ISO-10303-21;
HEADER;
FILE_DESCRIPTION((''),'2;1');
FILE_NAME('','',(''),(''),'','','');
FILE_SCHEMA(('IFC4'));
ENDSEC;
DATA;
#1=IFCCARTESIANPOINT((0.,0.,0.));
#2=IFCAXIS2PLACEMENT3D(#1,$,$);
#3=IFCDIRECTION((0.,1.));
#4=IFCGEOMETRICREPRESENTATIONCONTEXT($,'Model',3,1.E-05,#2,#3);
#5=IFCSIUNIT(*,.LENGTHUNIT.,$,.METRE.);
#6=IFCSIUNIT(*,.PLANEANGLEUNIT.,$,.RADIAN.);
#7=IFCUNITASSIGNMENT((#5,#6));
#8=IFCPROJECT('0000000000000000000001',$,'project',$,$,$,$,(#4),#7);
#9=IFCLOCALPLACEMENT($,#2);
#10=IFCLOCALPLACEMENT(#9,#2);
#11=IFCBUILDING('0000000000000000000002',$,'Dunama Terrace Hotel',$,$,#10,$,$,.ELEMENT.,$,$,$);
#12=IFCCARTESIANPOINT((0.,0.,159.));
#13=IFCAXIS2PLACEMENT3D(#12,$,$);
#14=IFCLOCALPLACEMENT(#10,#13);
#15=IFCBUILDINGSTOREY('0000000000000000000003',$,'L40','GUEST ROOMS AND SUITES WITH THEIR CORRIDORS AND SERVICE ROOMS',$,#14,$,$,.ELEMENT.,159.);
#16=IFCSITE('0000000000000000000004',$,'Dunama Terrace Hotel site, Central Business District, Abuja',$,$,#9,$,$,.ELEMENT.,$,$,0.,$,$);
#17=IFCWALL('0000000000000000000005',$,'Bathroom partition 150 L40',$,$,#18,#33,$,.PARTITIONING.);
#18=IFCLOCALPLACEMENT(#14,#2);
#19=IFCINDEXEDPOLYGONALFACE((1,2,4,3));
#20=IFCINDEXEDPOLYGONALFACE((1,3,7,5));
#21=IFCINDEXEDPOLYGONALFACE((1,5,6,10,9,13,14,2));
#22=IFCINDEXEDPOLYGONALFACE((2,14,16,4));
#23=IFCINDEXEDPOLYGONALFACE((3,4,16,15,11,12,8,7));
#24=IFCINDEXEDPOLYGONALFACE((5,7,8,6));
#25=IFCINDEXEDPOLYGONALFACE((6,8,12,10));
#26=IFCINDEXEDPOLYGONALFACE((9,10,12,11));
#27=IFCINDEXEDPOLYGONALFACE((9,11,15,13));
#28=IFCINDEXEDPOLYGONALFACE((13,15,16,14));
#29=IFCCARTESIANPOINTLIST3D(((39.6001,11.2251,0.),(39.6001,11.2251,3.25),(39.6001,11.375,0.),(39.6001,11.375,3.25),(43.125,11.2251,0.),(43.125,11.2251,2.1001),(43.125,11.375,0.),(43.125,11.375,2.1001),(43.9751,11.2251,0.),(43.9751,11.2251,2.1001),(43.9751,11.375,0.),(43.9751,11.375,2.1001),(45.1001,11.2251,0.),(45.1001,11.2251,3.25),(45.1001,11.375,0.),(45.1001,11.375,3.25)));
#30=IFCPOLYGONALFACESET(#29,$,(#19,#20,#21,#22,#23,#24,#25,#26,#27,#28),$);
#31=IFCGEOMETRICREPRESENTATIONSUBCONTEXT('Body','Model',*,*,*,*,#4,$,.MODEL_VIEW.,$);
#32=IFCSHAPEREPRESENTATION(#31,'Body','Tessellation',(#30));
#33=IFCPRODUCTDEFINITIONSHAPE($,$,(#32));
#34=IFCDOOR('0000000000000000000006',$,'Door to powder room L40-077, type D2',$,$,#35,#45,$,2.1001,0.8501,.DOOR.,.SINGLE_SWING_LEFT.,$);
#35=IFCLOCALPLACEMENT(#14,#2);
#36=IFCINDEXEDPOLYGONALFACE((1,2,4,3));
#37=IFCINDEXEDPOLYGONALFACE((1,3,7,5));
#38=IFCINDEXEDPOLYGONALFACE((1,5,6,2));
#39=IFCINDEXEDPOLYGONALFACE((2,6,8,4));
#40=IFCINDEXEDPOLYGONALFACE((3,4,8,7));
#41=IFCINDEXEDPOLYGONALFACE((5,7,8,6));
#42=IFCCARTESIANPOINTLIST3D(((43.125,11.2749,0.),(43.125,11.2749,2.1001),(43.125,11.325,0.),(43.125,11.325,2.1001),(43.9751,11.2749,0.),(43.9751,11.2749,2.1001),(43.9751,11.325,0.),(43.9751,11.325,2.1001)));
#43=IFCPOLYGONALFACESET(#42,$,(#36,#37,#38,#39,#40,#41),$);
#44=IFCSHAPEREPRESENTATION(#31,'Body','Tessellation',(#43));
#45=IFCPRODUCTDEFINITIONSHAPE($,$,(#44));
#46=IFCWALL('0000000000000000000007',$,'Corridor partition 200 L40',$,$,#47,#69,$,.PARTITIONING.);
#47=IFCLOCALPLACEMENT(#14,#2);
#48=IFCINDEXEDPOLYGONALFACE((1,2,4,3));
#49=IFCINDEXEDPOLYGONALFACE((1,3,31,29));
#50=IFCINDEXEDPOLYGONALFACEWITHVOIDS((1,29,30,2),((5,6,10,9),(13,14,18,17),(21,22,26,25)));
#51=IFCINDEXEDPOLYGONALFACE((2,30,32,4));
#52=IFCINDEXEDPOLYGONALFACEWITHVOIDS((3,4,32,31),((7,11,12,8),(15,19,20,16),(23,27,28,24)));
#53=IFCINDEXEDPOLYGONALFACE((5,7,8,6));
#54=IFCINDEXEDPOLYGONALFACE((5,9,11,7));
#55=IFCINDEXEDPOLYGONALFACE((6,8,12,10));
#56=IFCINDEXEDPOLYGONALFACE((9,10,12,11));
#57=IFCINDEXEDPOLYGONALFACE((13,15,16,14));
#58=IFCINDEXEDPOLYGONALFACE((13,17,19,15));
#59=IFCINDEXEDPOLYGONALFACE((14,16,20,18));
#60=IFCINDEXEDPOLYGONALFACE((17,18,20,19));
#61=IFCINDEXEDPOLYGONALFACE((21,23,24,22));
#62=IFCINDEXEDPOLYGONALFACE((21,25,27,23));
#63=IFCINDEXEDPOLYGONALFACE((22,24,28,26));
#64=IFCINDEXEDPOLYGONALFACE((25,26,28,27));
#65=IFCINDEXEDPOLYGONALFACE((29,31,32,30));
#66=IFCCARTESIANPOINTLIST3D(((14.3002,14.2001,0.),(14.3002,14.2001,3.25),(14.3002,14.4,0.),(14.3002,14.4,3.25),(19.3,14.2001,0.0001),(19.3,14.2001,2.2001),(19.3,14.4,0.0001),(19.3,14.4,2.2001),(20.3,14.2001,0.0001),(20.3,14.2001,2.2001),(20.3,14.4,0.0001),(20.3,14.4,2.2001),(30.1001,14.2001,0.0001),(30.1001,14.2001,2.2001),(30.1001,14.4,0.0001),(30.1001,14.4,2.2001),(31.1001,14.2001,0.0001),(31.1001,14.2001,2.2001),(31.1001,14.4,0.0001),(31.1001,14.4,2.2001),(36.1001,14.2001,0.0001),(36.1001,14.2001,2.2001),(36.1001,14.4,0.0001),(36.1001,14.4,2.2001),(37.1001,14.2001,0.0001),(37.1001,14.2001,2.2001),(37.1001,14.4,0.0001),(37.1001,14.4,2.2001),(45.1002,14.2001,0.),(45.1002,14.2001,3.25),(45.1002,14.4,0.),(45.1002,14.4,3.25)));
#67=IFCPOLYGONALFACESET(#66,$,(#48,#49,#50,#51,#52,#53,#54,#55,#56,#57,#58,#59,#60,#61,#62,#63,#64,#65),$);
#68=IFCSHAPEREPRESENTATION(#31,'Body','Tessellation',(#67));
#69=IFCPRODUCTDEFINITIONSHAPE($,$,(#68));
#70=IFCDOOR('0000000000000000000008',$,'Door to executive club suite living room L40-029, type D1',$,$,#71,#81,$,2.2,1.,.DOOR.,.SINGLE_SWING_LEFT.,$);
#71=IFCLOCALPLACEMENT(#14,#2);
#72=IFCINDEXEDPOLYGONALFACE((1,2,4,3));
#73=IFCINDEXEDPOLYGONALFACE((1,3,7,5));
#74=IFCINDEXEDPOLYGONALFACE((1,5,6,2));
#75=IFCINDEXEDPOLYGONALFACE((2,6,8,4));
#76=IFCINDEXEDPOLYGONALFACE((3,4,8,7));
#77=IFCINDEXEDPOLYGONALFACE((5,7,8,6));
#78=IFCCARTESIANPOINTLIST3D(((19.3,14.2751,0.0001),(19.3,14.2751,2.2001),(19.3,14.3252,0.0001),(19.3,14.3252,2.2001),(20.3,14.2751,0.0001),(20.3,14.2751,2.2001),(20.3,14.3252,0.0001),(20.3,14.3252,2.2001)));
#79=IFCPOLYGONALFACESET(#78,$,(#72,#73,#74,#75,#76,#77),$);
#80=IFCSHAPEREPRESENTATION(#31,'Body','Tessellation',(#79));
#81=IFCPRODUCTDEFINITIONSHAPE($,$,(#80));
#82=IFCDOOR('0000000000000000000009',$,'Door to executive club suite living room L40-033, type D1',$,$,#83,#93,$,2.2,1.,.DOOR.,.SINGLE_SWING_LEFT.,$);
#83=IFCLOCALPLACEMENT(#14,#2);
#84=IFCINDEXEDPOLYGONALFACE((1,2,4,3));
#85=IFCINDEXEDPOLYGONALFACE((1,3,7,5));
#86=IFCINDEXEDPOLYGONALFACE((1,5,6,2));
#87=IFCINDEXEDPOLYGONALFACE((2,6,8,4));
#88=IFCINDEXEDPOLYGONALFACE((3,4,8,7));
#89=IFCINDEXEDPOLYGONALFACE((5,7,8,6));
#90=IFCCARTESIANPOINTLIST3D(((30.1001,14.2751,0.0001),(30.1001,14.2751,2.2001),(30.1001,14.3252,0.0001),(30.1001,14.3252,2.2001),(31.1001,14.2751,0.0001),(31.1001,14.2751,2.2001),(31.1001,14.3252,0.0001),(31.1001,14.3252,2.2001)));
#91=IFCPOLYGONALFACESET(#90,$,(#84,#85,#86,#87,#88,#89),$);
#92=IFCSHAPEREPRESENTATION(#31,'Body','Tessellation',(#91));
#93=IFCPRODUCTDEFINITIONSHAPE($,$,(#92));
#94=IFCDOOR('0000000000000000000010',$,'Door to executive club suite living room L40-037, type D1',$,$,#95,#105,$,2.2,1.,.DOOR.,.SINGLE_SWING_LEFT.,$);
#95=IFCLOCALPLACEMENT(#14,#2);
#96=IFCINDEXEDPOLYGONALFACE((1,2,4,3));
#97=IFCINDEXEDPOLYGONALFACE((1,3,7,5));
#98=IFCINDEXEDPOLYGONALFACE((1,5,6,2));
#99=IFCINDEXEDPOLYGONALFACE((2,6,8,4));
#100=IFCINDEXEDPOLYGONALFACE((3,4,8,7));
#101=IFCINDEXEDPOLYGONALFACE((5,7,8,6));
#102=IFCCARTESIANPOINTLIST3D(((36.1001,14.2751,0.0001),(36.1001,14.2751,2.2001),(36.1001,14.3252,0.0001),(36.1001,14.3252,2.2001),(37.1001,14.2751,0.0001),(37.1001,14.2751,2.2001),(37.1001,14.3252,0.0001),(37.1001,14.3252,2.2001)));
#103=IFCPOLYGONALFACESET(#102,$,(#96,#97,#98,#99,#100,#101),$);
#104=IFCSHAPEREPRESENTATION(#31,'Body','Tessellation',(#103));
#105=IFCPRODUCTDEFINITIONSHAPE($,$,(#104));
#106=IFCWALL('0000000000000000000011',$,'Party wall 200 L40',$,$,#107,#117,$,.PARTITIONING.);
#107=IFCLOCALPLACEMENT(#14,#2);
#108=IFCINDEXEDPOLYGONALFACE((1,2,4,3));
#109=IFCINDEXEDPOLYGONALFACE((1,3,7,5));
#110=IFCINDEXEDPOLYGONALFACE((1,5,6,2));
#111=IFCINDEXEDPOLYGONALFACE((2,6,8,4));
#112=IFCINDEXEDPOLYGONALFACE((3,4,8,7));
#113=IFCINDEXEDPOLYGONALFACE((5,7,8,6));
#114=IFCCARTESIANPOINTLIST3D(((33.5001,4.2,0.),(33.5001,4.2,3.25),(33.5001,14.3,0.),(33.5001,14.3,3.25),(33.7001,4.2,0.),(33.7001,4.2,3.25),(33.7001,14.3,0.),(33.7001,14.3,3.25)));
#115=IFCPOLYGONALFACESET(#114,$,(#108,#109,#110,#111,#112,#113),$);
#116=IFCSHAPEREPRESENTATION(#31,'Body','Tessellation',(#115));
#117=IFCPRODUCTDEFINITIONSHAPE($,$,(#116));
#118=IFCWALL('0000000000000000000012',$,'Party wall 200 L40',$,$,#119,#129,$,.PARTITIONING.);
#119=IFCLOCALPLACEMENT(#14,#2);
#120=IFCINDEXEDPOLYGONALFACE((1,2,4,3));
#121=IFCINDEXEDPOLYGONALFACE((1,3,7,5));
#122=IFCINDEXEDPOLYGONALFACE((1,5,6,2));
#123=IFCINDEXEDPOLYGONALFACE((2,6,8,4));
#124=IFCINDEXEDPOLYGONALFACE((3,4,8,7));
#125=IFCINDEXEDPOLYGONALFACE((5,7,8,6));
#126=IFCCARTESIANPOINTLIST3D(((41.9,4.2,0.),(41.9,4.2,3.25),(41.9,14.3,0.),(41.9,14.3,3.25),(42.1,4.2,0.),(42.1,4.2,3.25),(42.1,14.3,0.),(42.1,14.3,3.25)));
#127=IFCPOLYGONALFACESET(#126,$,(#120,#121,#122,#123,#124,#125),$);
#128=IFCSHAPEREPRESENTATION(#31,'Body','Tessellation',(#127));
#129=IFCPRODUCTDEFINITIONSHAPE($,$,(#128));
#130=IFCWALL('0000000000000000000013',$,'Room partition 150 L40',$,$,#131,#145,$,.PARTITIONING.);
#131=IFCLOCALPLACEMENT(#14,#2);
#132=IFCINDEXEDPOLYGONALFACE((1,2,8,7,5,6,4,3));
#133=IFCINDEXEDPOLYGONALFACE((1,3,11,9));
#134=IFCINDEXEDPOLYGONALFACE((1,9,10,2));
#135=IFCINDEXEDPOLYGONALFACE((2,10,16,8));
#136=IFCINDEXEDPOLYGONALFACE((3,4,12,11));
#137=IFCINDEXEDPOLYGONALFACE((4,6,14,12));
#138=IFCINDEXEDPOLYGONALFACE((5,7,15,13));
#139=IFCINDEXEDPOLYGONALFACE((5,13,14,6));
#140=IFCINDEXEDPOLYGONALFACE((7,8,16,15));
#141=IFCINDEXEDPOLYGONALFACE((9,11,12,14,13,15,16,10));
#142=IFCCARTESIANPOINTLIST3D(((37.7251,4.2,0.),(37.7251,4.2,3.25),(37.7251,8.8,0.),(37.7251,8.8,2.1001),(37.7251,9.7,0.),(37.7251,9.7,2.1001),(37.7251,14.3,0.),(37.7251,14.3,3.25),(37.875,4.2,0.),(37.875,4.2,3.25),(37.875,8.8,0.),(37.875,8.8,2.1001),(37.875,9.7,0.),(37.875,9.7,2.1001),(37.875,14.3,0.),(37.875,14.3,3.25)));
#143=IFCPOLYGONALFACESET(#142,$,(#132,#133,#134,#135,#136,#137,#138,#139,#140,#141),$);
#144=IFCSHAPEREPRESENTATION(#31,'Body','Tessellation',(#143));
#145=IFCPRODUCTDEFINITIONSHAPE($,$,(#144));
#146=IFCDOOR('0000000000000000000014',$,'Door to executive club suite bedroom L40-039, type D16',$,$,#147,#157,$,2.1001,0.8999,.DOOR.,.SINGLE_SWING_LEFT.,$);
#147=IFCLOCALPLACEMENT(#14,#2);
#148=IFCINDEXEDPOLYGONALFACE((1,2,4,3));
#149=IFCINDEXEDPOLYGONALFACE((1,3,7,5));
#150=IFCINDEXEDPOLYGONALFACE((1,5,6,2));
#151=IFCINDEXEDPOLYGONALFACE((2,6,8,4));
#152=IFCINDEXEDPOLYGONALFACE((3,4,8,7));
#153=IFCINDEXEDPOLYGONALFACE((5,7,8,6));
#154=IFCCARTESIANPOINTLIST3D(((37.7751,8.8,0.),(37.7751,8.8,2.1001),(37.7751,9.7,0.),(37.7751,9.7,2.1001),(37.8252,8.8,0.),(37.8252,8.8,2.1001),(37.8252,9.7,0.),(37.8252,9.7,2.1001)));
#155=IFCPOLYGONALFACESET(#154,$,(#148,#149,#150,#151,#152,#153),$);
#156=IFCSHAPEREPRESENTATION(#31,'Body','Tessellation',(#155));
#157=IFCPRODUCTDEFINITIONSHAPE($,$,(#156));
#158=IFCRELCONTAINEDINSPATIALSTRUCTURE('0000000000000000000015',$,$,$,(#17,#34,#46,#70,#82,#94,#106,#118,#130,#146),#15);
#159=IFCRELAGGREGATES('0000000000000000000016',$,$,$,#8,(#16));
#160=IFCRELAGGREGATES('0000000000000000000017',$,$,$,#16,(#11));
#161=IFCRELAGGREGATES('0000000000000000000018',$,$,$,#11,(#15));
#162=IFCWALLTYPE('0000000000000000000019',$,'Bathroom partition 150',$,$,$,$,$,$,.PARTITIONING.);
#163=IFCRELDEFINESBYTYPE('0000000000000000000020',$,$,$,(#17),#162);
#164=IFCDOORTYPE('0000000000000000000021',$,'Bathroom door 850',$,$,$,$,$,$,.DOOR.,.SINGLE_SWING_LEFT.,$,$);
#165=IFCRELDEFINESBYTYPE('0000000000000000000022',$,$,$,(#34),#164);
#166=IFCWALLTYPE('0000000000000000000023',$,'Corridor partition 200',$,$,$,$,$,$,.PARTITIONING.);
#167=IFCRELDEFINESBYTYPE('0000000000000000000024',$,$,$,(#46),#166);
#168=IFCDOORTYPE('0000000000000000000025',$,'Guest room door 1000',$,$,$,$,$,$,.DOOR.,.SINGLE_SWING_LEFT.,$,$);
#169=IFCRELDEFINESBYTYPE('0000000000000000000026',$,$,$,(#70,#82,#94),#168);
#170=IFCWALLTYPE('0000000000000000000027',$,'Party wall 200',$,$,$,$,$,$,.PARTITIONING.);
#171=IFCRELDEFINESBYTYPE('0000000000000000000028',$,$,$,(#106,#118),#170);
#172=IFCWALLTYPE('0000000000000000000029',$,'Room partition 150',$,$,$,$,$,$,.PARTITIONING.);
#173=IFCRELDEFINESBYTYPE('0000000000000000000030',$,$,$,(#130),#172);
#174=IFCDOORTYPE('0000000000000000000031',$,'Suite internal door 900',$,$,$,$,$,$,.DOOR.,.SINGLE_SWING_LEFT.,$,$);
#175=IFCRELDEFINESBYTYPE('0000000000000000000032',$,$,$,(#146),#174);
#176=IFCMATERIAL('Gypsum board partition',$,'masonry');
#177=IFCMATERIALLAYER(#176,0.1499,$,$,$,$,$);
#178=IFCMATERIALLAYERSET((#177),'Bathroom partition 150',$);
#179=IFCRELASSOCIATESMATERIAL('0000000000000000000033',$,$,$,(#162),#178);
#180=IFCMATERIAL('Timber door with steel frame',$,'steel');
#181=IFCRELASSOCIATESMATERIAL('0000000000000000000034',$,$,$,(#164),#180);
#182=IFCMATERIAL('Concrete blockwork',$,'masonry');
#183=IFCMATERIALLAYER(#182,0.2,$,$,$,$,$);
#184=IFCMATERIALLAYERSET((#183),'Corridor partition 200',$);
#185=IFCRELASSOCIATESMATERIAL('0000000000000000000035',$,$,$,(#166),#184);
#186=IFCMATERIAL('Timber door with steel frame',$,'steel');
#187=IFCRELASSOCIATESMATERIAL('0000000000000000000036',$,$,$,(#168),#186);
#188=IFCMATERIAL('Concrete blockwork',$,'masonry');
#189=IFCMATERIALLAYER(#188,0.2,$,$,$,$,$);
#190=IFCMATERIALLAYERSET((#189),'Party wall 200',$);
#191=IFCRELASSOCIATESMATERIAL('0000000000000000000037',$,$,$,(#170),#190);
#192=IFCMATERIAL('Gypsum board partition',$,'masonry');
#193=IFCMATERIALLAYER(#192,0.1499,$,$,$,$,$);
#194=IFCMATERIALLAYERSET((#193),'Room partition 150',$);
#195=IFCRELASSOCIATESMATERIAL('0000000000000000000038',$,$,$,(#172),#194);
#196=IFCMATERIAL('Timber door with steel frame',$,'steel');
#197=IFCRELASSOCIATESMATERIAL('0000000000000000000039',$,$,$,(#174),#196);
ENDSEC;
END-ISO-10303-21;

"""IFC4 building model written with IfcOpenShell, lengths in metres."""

from ifc_helpers import new_model, si_unit, direction, frame, frame_2d, origin, place, context, subcontext, project, spatial, rectangle, extrude, material, layer, layer_set, type_object, element, fill, save


model = new_model("IFC4")

# Units and contexts
model_context = context("Model", 3, precision=1e-05, world=origin(), true_north=direction((0.0, 1.0)))
body_context = subcontext(model_context, "Body", "Model", "MODEL_VIEW")
ifc_project = project(units=[si_unit("LENGTHUNIT", "METRE"), si_unit("PLANEANGLEUNIT", "RADIAN")], contexts=[model_context])

# Site, building, storey
site_placement = place(None, origin())
site = spatial("IfcSite", under=ifc_project, at=site_placement, Name="Dunama Terrace Hotel site, Central Business District, Abuja", CompositionType="ELEMENT", RefElevation=0.0)
building_placement = place(site_placement, origin())
building = spatial("IfcBuilding", under=site, at=building_placement, Name="Dunama Terrace Hotel", CompositionType="ELEMENT")
storey_placement = place(building_placement, frame((0.0, 0.0, 159.0)))
storey = spatial("IfcBuildingStorey", under=building, at=storey_placement, Name="L40", Description="GUEST ROOMS AND SUITES WITH THEIR CORRIDORS AND SERVICE ROOMS", CompositionType="ELEMENT", Elevation=159.0)

# Shared definitions
ifc_material_1 = material(Name="Gypsum board partition", Category="masonry")
ifc_layer_1 = layer(ifc_material_1, 0.1499)
ifc_layer_set_1 = layer_set([ifc_layer_1], Name="Bathroom partition 150")
wall_type_1 = type_object("IfcWallType", Name="Bathroom partition 150", PredefinedType="PARTITIONING", material=ifc_layer_set_1)
ifc_material_2 = material(Name="Timber door with steel frame", Category="steel")
door_type_1 = type_object("IfcDoorType", Name="Bathroom door 850", OperationType="SINGLE_SWING_LEFT", PredefinedType="DOOR", material=ifc_material_2)

# Wall, opening, door
wall_1_placement = place(storey_placement, frame((39.6001, 11.3, 0.0), z_axis=(0.0, 0.0, 1.0), x_axis=(1.0, 0.0, 0.0)))
wall_1 = element("IfcWall", 1, at=wall_1_placement, inside=storey, type_object=wall_type_1, Name="Bathroom partition 150 L40", PredefinedType="PARTITIONING", context=body_context, shape_type="SweptSolid", body=[
    extrude(rectangle(XDim=5.5, YDim=0.1499, at=frame_2d((2.75, 0.0))), origin(), (0.0, 0.0, 1.0), 3.25),
])
opening_1_placement = place(wall_1_placement, frame((3.5249, 0.0, 0.0)))
opening_1 = element("IfcOpeningElement", 2, at=opening_1_placement, cuts=wall_1, PredefinedType="OPENING", context=body_context, shape_type="SweptSolid", body=[
    extrude(rectangle(XDim=0.8501, YDim=2.1001, at=frame_2d((0.425, 1.05))), frame((0.0, 0.085, 0.0), z_axis=(0.0, -1.0, 0.0), x_axis=(1.0, 0.0, 0.0)), (0.0, 0.0, 1.0), 0.1699),
])
door_1_placement = place(opening_1_placement, origin())
door_1 = element("IfcDoor", 3, at=door_1_placement, inside=storey, type_object=door_type_1, Name="Door to powder room L40-077, type D2", OperationType="SINGLE_SWING_LEFT", OverallHeight=2.1001, OverallWidth=0.8501, PredefinedType="DOOR", context=body_context, shape_type="SweptSolid", body=[
    extrude(rectangle(XDim=0.8501, YDim=2.1001, at=frame_2d((0.425, 1.05))), frame((0.0, 0.0249, 0.0), z_axis=(0.0, -1.0, 0.0), x_axis=(1.0, 0.0, 0.0)), (0.0, 0.0, 1.0), 0.05),
])
fill(opening_1, door_1)

# Wall, openings, doors
ifc_material_3 = material(Name="Concrete blockwork", Category="masonry")
ifc_layer_2 = layer(ifc_material_3, 0.2)
ifc_layer_set_2 = layer_set([ifc_layer_2], Name="Corridor partition 200")
wall_type_2 = type_object("IfcWallType", Name="Corridor partition 200", PredefinedType="PARTITIONING", material=ifc_layer_set_2)
wall_2_placement = place(storey_placement, frame((45.1001, 14.3, 0.0), z_axis=(0.0, 0.0, 1.0), x_axis=(-1.0, 0.0, 0.0)))
wall_2 = element("IfcWall", 4, at=wall_2_placement, inside=storey, type_object=wall_type_2, Name="Corridor partition 200 L40", PredefinedType="PARTITIONING", context=body_context, shape_type="SweptSolid", body=[
    extrude(rectangle(XDim=30.8, YDim=0.2, at=frame_2d((15.3999, 0.0))), origin(), (0.0, 0.0, 1.0), 3.25),
])
opening_2_placement = place(wall_2_placement, frame((24.8, 0.0, 0.0)))
opening_2 = element("IfcOpeningElement", 5, at=opening_2_placement, cuts=wall_2, PredefinedType="OPENING", context=body_context, shape_type="SweptSolid", body=[
    extrude(rectangle(XDim=1.0, YDim=2.2, at=frame_2d((0.5, 1.1001))), frame((0.0, 0.1099, 0.0), z_axis=(0.0, -1.0, 0.0), x_axis=(1.0, 0.0, 0.0)), (0.0, 0.0, 1.0), 0.22),
])
opening_3_placement = place(wall_2_placement, frame((14.0, 0.0, 0.0)))
opening_3 = element("IfcOpeningElement", 6, at=opening_3_placement, cuts=wall_2, PredefinedType="OPENING", context=body_context, shape_type="SweptSolid", body=[
    extrude(rectangle(XDim=1.0, YDim=2.2, at=frame_2d((0.5, 1.1001))), frame((0.0, 0.1099, 0.0), z_axis=(0.0, -1.0, 0.0), x_axis=(1.0, 0.0, 0.0)), (0.0, 0.0, 1.0), 0.22),
])
opening_4_placement = place(wall_2_placement, frame((8.0, 0.0, 0.0)))
opening_4 = element("IfcOpeningElement", 7, at=opening_4_placement, cuts=wall_2, PredefinedType="OPENING", context=body_context, shape_type="SweptSolid", body=[
    extrude(rectangle(XDim=1.0, YDim=2.2, at=frame_2d((0.5, 1.1001))), frame((0.0, 0.1099, 0.0), z_axis=(0.0, -1.0, 0.0), x_axis=(1.0, 0.0, 0.0)), (0.0, 0.0, 1.0), 0.22),
])
ifc_material_4 = material(Name="Timber door with steel frame", Category="steel")
door_type_2 = type_object("IfcDoorType", Name="Guest room door 1000", OperationType="SINGLE_SWING_LEFT", PredefinedType="DOOR", material=ifc_material_4)
door_2_placement = place(opening_2_placement, origin())
door_2 = element("IfcDoor", 8, at=door_2_placement, inside=storey, type_object=door_type_2, Name="Door to executive club suite living room L40-029, type D1", OperationType="SINGLE_SWING_LEFT", OverallHeight=2.2, OverallWidth=1.0, PredefinedType="DOOR", context=body_context, shape_type="SweptSolid", body=[
    extrude(rectangle(XDim=1.0, YDim=2.2, at=frame_2d((0.5, 1.1001))), frame((0.0, 0.0249, 0.0), z_axis=(0.0, -1.0, 0.0), x_axis=(1.0, 0.0, 0.0)), (0.0, 0.0, 1.0), 0.05),
])
fill(opening_2, door_2)
door_3_placement = place(opening_3_placement, origin())
door_3 = element("IfcDoor", 9, at=door_3_placement, inside=storey, type_object=door_type_2, Name="Door to executive club suite living room L40-033, type D1", OperationType="SINGLE_SWING_LEFT", OverallHeight=2.2, OverallWidth=1.0, PredefinedType="DOOR", context=body_context, shape_type="SweptSolid", body=[
    extrude(rectangle(XDim=1.0, YDim=2.2, at=frame_2d((0.5, 1.1001))), frame((0.0, 0.0249, 0.0), z_axis=(0.0, -1.0, 0.0), x_axis=(1.0, 0.0, 0.0)), (0.0, 0.0, 1.0), 0.05),
])
fill(opening_3, door_3)
door_4_placement = place(opening_4_placement, origin())
door_4 = element("IfcDoor", 10, at=door_4_placement, inside=storey, type_object=door_type_2, Name="Door to executive club suite living room L40-037, type D1", OperationType="SINGLE_SWING_LEFT", OverallHeight=2.2, OverallWidth=1.0, PredefinedType="DOOR", context=body_context, shape_type="SweptSolid", body=[
    extrude(rectangle(XDim=1.0, YDim=2.2, at=frame_2d((0.5, 1.1001))), frame((0.0, 0.0249, 0.0), z_axis=(0.0, -1.0, 0.0), x_axis=(1.0, 0.0, 0.0)), (0.0, 0.0, 1.0), 0.05),
])
fill(opening_4, door_4)

# Walls
ifc_material_5 = material(Name="Concrete blockwork", Category="masonry")
ifc_layer_3 = layer(ifc_material_5, 0.2)
ifc_layer_set_3 = layer_set([ifc_layer_3], Name="Party wall 200")
wall_type_3 = type_object("IfcWallType", Name="Party wall 200", PredefinedType="PARTITIONING", material=ifc_layer_set_3)
for number, where, z_axis, x_axis, name in (
    (11, (33.6001, 4.2, 0.0), (0.0, 0.0, 1.0), (0.0, 1.0, 0.0), "Party wall 200 L40"),
    (12, (42.0, 4.2, 0.0), (0.0, 0.0, 1.0), (0.0, 1.0, 0.0), "Party wall 200 L40"),
):
    element("IfcWall", number, at=place(storey_placement, frame(where, z_axis=z_axis, x_axis=x_axis)), inside=storey, type_object=wall_type_3, Name=name, PredefinedType="PARTITIONING", context=body_context, shape_type="SweptSolid", body=[
        extrude(rectangle(XDim=10.1001, YDim=0.2, at=frame_2d((5.05, 0.0))), origin(), (0.0, 0.0, 1.0), 3.25),
    ])

# Wall, opening, door
ifc_material_6 = material(Name="Gypsum board partition", Category="masonry")
ifc_layer_4 = layer(ifc_material_6, 0.1499)
ifc_layer_set_4 = layer_set([ifc_layer_4], Name="Room partition 150")
wall_type_4 = type_object("IfcWallType", Name="Room partition 150", PredefinedType="PARTITIONING", material=ifc_layer_set_4)
wall_3_placement = place(storey_placement, frame((37.8, 4.2, 0.0), z_axis=(0.0, 0.0, 1.0), x_axis=(0.0, 1.0, 0.0)))
wall_3 = element("IfcWall", 13, at=wall_3_placement, inside=storey, type_object=wall_type_4, Name="Room partition 150 L40", PredefinedType="PARTITIONING", context=body_context, shape_type="SweptSolid", body=[
    extrude(rectangle(XDim=10.1001, YDim=0.1499, at=frame_2d((5.05, 0.0))), origin(), (0.0, 0.0, 1.0), 3.25),
])
opening_5_placement = place(wall_3_placement, frame((4.6001, 0.0, 0.0)))
opening_5 = element("IfcOpeningElement", 14, at=opening_5_placement, cuts=wall_3, PredefinedType="OPENING", context=body_context, shape_type="SweptSolid", body=[
    extrude(rectangle(XDim=0.8999, YDim=2.1001, at=frame_2d((0.45, 1.05))), frame((0.0, 0.085, 0.0), z_axis=(0.0, -1.0, 0.0), x_axis=(1.0, 0.0, 0.0)), (0.0, 0.0, 1.0), 0.1699),
])
ifc_material_7 = material(Name="Timber door with steel frame", Category="steel")
door_type_3 = type_object("IfcDoorType", Name="Suite internal door 900", OperationType="SINGLE_SWING_LEFT", PredefinedType="DOOR", material=ifc_material_7)
door_5_placement = place(opening_5_placement, frame((0.8999, 0.0, 0.0), z_axis=(0.0, 0.0, 1.0), x_axis=(-1.0, 0.0, 0.0)))
door_5 = element("IfcDoor", 15, at=door_5_placement, inside=storey, type_object=door_type_3, Name="Door to executive club suite bedroom L40-039, type D16", OperationType="SINGLE_SWING_LEFT", OverallHeight=2.1001, OverallWidth=0.8999, PredefinedType="DOOR", context=body_context, shape_type="SweptSolid", body=[
    extrude(rectangle(XDim=0.8999, YDim=2.1001, at=frame_2d((0.45, 1.05))), frame((0.0, 0.0251, 0.0), z_axis=(0.0, -1.0, 0.0), x_axis=(1.0, 0.0, 0.0)), (0.0, 0.0, 1.0), 0.05),
])
fill(opening_5, door_5)

save(model, "model.ifc")
